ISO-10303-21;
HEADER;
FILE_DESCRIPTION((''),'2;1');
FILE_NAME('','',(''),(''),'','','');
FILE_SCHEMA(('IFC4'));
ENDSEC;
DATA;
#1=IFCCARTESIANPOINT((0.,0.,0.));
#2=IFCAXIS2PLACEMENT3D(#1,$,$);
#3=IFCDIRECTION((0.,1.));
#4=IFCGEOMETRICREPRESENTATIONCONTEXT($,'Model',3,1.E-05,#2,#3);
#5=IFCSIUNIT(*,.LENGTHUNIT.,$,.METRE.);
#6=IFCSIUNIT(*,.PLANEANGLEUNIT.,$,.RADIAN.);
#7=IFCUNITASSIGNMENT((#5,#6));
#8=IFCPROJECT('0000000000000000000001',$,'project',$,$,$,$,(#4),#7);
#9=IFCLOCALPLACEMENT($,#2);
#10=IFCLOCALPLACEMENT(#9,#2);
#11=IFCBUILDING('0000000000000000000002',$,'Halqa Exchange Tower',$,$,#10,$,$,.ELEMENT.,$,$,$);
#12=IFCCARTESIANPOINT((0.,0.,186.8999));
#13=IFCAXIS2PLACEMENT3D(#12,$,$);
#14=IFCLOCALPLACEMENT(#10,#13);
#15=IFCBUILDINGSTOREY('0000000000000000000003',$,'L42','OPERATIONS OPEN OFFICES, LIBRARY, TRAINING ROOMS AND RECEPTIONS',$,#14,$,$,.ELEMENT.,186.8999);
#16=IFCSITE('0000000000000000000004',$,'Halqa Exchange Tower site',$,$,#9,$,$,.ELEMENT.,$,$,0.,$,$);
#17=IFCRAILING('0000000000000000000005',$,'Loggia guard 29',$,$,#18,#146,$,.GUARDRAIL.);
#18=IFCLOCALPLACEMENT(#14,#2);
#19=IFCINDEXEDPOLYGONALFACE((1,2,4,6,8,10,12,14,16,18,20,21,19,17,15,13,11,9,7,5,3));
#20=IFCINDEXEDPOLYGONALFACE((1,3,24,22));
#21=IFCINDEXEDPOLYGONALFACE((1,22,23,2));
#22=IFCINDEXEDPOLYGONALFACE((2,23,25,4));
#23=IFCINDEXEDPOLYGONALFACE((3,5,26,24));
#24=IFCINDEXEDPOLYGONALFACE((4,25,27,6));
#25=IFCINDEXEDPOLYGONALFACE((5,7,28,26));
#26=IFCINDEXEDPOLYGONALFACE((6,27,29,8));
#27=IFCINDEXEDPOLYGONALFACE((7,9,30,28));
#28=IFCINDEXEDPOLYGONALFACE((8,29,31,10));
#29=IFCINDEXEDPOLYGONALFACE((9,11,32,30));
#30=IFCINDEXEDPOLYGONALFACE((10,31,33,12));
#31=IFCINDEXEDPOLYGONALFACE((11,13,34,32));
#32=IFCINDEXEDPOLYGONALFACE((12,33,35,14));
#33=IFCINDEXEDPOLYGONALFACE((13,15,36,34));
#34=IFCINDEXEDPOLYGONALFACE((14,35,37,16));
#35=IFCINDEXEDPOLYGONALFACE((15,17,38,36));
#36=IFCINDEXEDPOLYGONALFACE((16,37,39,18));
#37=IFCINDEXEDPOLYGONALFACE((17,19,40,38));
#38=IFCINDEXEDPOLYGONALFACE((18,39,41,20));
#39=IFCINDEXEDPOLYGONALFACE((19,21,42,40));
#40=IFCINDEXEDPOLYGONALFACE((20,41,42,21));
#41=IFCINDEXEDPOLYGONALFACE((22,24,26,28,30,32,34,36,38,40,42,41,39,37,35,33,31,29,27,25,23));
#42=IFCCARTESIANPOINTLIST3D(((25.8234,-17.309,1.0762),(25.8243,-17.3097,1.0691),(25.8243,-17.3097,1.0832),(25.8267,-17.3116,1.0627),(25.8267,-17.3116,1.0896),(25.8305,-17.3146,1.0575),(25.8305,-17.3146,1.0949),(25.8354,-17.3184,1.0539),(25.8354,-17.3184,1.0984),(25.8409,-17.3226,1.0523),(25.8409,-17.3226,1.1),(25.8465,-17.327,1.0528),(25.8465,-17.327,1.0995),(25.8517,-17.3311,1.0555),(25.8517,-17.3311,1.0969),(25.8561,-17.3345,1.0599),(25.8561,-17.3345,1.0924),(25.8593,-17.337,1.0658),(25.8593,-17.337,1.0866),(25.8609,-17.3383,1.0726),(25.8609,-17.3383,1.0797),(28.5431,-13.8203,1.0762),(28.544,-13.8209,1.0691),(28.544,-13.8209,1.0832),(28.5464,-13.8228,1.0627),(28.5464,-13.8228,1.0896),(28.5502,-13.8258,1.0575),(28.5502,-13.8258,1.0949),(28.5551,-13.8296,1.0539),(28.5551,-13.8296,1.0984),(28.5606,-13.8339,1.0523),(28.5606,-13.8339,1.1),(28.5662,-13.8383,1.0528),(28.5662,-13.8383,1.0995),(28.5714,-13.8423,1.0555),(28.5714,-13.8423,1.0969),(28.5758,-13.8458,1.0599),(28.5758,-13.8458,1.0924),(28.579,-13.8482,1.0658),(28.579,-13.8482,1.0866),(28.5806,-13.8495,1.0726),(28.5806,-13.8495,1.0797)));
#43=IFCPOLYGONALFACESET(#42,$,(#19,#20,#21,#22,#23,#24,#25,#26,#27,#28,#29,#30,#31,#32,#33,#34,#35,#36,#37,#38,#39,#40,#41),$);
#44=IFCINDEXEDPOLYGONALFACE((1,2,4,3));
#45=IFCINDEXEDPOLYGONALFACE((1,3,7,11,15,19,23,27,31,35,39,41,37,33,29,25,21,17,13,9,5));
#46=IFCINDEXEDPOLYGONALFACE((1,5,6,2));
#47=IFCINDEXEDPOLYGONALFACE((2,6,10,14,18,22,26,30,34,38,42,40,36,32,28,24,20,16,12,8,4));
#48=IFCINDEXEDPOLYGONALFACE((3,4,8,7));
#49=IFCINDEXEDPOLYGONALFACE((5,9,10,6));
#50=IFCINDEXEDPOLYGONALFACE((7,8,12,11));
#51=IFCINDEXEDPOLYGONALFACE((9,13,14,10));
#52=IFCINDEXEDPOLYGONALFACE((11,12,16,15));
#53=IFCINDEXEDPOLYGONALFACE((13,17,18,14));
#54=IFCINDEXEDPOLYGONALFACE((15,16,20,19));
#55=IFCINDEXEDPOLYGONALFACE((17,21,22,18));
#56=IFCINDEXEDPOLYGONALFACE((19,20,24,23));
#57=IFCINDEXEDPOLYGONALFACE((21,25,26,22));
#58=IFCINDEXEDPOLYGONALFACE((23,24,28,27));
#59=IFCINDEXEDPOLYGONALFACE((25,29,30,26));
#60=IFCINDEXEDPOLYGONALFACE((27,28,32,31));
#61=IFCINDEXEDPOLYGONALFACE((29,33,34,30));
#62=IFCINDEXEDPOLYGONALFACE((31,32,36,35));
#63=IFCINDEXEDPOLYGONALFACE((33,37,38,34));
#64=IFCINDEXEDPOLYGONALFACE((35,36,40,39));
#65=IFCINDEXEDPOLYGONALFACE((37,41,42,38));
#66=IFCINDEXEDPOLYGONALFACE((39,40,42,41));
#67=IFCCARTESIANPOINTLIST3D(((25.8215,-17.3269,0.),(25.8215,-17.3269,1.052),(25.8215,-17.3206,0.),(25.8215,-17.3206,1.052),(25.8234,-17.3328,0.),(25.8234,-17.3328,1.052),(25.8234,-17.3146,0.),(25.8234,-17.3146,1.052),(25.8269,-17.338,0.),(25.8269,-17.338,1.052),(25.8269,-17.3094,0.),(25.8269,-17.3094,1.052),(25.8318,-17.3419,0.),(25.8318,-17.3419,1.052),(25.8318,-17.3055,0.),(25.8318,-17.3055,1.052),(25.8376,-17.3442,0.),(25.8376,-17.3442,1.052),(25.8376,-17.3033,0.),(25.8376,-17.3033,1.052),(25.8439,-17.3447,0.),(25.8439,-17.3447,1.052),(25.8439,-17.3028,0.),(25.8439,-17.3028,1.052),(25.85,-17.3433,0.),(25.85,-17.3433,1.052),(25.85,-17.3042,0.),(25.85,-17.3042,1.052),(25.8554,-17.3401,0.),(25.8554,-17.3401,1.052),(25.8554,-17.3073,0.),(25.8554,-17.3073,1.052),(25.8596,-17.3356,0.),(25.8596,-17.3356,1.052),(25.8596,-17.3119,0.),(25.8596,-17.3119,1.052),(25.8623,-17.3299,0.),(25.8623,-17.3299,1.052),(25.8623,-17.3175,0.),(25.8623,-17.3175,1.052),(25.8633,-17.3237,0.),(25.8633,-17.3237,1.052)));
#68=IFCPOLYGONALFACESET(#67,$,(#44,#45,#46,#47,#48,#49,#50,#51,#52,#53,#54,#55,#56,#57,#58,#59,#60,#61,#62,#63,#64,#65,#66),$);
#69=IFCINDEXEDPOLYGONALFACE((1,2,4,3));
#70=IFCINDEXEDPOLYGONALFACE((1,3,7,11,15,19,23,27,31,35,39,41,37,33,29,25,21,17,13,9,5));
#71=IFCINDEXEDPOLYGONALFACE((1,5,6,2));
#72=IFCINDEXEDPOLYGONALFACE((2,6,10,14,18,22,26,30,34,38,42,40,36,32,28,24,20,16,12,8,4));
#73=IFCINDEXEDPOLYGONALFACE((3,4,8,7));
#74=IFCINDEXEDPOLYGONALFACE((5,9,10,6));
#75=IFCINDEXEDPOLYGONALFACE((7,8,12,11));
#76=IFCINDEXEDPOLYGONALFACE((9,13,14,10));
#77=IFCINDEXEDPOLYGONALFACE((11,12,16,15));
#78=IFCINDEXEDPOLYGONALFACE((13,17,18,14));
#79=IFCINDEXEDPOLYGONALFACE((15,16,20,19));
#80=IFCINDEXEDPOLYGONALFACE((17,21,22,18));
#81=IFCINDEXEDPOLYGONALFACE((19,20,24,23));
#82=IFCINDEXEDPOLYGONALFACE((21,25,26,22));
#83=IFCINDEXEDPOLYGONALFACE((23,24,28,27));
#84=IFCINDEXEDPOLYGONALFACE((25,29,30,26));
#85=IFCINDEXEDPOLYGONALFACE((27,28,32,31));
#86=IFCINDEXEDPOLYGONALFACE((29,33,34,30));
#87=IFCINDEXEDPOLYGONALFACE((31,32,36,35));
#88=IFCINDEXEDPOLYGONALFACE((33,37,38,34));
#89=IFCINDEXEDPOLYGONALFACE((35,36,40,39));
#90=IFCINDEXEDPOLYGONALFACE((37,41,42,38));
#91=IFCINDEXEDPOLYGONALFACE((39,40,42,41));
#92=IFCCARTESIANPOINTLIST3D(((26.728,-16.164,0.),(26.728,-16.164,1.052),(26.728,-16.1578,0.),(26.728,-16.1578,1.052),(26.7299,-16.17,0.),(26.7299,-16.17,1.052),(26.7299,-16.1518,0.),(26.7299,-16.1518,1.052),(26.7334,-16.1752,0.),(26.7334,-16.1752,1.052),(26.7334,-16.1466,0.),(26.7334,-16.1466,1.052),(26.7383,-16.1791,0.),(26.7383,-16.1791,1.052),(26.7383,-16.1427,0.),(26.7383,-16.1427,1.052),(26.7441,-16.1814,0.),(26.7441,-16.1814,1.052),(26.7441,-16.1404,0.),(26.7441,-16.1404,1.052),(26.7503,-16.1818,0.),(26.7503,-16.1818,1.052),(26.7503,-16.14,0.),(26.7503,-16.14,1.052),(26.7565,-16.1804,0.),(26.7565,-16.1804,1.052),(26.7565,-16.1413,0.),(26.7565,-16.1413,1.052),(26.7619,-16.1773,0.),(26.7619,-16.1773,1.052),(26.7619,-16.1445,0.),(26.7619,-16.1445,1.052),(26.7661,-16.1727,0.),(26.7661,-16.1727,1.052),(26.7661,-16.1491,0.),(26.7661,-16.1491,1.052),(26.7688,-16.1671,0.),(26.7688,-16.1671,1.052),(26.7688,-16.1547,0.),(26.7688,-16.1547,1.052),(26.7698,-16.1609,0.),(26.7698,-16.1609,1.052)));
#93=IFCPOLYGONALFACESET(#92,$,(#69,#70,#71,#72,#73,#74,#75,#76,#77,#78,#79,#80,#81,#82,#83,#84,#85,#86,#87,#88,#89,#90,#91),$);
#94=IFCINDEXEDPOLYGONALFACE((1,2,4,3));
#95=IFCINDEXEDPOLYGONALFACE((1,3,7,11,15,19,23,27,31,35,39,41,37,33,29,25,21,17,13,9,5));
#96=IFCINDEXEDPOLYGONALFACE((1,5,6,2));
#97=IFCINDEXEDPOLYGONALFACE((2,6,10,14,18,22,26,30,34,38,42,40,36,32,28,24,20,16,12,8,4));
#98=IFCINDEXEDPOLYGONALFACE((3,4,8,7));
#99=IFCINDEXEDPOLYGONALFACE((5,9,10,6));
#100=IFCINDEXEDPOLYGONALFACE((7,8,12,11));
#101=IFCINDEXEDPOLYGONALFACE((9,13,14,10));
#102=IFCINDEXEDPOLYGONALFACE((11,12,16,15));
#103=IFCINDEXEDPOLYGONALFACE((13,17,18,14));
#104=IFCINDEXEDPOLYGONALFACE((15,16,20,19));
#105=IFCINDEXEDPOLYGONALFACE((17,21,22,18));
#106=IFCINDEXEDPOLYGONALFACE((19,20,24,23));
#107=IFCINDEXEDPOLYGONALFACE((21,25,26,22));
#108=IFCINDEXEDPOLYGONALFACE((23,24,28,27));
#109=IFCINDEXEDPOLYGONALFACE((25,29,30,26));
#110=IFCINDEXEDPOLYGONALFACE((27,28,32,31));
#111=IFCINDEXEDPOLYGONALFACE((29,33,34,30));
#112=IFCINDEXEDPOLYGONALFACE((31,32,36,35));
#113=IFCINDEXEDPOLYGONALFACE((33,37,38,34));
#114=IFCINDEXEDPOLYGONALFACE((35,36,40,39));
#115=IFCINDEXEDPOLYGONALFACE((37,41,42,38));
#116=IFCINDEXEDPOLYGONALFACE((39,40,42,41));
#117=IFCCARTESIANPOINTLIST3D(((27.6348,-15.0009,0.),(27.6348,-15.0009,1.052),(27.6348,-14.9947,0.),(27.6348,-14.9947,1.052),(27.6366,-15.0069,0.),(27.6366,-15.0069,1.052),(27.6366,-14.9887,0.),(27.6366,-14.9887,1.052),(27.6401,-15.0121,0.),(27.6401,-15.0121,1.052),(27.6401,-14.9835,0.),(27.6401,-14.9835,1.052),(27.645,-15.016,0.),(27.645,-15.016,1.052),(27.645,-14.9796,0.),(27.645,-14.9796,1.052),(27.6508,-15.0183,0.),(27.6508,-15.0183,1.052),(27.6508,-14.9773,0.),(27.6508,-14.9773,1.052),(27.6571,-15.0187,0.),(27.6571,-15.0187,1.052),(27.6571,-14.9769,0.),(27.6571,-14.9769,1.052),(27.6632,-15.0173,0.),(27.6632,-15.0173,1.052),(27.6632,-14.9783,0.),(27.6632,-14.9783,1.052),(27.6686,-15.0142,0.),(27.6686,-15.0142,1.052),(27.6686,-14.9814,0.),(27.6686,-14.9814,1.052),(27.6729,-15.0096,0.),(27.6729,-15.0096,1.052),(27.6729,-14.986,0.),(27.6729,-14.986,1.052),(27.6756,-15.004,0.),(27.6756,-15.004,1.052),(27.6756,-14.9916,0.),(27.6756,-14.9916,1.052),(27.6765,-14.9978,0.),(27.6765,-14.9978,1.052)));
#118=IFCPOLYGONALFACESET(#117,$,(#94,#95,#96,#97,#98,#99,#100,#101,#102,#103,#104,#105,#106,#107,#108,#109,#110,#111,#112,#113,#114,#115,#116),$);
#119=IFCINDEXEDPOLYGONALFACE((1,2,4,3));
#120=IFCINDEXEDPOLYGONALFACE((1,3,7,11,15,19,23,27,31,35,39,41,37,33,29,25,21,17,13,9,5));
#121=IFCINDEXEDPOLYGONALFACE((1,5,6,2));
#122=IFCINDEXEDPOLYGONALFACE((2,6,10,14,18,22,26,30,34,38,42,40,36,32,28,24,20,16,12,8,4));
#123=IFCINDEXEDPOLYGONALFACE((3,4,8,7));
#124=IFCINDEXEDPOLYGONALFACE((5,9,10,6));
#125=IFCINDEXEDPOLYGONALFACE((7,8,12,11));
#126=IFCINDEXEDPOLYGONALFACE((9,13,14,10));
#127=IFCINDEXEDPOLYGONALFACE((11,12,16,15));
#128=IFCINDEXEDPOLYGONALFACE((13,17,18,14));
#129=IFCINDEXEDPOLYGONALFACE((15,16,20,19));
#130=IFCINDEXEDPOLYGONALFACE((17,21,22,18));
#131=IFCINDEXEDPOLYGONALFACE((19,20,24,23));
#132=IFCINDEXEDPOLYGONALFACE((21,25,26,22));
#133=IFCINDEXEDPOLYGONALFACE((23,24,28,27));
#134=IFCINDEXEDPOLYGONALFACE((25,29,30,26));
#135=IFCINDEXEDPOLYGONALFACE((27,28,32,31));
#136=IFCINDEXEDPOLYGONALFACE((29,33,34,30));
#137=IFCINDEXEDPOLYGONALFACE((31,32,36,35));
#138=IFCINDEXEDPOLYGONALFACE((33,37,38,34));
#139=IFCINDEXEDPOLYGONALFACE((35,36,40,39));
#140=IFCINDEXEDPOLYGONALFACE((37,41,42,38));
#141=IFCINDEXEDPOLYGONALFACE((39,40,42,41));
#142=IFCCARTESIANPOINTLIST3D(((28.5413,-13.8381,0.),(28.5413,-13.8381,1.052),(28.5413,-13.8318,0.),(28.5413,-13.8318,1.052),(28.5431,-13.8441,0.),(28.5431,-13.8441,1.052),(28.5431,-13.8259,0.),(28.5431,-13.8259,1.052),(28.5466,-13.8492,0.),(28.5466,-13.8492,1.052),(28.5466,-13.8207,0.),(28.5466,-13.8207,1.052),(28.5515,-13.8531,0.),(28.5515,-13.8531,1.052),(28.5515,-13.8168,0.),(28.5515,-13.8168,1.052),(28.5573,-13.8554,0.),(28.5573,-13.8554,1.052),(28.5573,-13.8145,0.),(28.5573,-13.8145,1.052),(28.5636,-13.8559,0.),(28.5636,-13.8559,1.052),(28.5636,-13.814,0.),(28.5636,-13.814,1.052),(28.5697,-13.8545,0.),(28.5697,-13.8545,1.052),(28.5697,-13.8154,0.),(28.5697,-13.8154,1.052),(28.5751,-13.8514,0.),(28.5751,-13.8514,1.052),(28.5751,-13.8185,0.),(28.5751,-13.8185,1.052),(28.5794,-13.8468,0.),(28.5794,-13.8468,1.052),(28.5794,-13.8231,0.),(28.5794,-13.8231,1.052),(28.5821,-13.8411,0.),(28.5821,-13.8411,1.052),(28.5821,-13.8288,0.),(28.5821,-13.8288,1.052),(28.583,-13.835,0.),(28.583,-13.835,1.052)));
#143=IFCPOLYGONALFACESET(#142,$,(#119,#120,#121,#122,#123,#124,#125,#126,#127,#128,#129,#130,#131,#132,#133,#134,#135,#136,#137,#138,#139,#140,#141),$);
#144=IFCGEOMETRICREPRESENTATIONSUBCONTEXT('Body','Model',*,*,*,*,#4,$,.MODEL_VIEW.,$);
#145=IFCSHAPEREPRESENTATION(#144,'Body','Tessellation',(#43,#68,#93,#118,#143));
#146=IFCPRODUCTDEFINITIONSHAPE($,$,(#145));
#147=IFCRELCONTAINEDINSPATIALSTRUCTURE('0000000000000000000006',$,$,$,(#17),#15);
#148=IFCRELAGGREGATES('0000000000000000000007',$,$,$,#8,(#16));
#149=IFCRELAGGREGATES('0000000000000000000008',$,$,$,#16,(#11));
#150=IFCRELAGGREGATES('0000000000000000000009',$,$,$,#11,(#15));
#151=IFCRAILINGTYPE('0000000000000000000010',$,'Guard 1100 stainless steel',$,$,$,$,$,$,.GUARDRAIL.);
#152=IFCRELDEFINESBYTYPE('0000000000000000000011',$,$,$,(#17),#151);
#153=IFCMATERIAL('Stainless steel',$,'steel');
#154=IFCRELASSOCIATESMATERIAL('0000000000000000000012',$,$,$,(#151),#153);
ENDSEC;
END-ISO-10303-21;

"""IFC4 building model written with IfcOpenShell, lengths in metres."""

from ifc_helpers import new_model, si_unit, direction, frame, origin, origin_2d, place, context, subcontext, project, spatial, circle, extrude, material, type_object, element, save


model = new_model("IFC4")

# Units and contexts
model_context = context("Model", 3, precision=1e-05, world=origin(), true_north=direction((0.0, 1.0)))
body_context = subcontext(model_context, "Body", "Model", "MODEL_VIEW")
ifc_project = project(units=[si_unit("LENGTHUNIT", "METRE"), si_unit("PLANEANGLEUNIT", "RADIAN")], contexts=[model_context])

# Site, building, storey
site_placement = place(None, origin())
site = spatial("IfcSite", under=ifc_project, at=site_placement, Name="Halqa Exchange Tower site", CompositionType="ELEMENT", RefElevation=0.0)
building_placement = place(site_placement, origin())
building = spatial("IfcBuilding", under=site, at=building_placement, Name="Halqa Exchange Tower", CompositionType="ELEMENT")
storey_placement = place(building_placement, frame((0.0, 0.0, 186.8999)))
storey = spatial("IfcBuildingStorey", under=building, at=storey_placement, Name="L42", Description="OPERATIONS OPEN OFFICES, LIBRARY, TRAINING ROOMS AND RECEPTIONS", CompositionType="ELEMENT", Elevation=186.8999)

# Railing
ifc_material_1 = material(Name="Stainless steel", Category="steel")
railing_type = type_object("IfcRailingType", Name="Guard 1100 stainless steel", PredefinedType="GUARDRAIL", material=ifc_material_1)
railing_1_placement = place(storey_placement, frame((25.8423, -17.3237, 0.0)))
element("IfcRailing", 1, at=railing_1_placement, inside=storey, type_object=railing_type, Name="Loggia guard 29", PredefinedType="GUARDRAIL", context=body_context, shape_type="SweptSolid", body=[
    extrude(circle(Radius=0.0239, at=origin_2d()), frame((0.0, 0.0, 1.0762), z_axis=(0.614819, 0.788668, 0.0), x_axis=(-0.788668, 0.614819, 0.0)), (0.0, 0.0, 1.0), 4.4236),
    extrude(circle(Radius=0.021, at=origin_2d()), origin(), (0.0, 0.0, 1.0), 1.052),
    extrude(circle(Radius=0.021, at=origin_2d()), frame((0.9065, 1.1628, 0.0)), (0.0, 0.0, 1.0), 1.052),
    extrude(circle(Radius=0.021, at=origin_2d()), frame((1.8132, 2.3259, 0.0)), (0.0, 0.0, 1.0), 1.052),
    extrude(circle(Radius=0.021, at=origin_2d()), frame((2.7197, 3.4888, 0.0)), (0.0, 0.0, 1.0), 1.052),
])

save(model, "model.ifc")
